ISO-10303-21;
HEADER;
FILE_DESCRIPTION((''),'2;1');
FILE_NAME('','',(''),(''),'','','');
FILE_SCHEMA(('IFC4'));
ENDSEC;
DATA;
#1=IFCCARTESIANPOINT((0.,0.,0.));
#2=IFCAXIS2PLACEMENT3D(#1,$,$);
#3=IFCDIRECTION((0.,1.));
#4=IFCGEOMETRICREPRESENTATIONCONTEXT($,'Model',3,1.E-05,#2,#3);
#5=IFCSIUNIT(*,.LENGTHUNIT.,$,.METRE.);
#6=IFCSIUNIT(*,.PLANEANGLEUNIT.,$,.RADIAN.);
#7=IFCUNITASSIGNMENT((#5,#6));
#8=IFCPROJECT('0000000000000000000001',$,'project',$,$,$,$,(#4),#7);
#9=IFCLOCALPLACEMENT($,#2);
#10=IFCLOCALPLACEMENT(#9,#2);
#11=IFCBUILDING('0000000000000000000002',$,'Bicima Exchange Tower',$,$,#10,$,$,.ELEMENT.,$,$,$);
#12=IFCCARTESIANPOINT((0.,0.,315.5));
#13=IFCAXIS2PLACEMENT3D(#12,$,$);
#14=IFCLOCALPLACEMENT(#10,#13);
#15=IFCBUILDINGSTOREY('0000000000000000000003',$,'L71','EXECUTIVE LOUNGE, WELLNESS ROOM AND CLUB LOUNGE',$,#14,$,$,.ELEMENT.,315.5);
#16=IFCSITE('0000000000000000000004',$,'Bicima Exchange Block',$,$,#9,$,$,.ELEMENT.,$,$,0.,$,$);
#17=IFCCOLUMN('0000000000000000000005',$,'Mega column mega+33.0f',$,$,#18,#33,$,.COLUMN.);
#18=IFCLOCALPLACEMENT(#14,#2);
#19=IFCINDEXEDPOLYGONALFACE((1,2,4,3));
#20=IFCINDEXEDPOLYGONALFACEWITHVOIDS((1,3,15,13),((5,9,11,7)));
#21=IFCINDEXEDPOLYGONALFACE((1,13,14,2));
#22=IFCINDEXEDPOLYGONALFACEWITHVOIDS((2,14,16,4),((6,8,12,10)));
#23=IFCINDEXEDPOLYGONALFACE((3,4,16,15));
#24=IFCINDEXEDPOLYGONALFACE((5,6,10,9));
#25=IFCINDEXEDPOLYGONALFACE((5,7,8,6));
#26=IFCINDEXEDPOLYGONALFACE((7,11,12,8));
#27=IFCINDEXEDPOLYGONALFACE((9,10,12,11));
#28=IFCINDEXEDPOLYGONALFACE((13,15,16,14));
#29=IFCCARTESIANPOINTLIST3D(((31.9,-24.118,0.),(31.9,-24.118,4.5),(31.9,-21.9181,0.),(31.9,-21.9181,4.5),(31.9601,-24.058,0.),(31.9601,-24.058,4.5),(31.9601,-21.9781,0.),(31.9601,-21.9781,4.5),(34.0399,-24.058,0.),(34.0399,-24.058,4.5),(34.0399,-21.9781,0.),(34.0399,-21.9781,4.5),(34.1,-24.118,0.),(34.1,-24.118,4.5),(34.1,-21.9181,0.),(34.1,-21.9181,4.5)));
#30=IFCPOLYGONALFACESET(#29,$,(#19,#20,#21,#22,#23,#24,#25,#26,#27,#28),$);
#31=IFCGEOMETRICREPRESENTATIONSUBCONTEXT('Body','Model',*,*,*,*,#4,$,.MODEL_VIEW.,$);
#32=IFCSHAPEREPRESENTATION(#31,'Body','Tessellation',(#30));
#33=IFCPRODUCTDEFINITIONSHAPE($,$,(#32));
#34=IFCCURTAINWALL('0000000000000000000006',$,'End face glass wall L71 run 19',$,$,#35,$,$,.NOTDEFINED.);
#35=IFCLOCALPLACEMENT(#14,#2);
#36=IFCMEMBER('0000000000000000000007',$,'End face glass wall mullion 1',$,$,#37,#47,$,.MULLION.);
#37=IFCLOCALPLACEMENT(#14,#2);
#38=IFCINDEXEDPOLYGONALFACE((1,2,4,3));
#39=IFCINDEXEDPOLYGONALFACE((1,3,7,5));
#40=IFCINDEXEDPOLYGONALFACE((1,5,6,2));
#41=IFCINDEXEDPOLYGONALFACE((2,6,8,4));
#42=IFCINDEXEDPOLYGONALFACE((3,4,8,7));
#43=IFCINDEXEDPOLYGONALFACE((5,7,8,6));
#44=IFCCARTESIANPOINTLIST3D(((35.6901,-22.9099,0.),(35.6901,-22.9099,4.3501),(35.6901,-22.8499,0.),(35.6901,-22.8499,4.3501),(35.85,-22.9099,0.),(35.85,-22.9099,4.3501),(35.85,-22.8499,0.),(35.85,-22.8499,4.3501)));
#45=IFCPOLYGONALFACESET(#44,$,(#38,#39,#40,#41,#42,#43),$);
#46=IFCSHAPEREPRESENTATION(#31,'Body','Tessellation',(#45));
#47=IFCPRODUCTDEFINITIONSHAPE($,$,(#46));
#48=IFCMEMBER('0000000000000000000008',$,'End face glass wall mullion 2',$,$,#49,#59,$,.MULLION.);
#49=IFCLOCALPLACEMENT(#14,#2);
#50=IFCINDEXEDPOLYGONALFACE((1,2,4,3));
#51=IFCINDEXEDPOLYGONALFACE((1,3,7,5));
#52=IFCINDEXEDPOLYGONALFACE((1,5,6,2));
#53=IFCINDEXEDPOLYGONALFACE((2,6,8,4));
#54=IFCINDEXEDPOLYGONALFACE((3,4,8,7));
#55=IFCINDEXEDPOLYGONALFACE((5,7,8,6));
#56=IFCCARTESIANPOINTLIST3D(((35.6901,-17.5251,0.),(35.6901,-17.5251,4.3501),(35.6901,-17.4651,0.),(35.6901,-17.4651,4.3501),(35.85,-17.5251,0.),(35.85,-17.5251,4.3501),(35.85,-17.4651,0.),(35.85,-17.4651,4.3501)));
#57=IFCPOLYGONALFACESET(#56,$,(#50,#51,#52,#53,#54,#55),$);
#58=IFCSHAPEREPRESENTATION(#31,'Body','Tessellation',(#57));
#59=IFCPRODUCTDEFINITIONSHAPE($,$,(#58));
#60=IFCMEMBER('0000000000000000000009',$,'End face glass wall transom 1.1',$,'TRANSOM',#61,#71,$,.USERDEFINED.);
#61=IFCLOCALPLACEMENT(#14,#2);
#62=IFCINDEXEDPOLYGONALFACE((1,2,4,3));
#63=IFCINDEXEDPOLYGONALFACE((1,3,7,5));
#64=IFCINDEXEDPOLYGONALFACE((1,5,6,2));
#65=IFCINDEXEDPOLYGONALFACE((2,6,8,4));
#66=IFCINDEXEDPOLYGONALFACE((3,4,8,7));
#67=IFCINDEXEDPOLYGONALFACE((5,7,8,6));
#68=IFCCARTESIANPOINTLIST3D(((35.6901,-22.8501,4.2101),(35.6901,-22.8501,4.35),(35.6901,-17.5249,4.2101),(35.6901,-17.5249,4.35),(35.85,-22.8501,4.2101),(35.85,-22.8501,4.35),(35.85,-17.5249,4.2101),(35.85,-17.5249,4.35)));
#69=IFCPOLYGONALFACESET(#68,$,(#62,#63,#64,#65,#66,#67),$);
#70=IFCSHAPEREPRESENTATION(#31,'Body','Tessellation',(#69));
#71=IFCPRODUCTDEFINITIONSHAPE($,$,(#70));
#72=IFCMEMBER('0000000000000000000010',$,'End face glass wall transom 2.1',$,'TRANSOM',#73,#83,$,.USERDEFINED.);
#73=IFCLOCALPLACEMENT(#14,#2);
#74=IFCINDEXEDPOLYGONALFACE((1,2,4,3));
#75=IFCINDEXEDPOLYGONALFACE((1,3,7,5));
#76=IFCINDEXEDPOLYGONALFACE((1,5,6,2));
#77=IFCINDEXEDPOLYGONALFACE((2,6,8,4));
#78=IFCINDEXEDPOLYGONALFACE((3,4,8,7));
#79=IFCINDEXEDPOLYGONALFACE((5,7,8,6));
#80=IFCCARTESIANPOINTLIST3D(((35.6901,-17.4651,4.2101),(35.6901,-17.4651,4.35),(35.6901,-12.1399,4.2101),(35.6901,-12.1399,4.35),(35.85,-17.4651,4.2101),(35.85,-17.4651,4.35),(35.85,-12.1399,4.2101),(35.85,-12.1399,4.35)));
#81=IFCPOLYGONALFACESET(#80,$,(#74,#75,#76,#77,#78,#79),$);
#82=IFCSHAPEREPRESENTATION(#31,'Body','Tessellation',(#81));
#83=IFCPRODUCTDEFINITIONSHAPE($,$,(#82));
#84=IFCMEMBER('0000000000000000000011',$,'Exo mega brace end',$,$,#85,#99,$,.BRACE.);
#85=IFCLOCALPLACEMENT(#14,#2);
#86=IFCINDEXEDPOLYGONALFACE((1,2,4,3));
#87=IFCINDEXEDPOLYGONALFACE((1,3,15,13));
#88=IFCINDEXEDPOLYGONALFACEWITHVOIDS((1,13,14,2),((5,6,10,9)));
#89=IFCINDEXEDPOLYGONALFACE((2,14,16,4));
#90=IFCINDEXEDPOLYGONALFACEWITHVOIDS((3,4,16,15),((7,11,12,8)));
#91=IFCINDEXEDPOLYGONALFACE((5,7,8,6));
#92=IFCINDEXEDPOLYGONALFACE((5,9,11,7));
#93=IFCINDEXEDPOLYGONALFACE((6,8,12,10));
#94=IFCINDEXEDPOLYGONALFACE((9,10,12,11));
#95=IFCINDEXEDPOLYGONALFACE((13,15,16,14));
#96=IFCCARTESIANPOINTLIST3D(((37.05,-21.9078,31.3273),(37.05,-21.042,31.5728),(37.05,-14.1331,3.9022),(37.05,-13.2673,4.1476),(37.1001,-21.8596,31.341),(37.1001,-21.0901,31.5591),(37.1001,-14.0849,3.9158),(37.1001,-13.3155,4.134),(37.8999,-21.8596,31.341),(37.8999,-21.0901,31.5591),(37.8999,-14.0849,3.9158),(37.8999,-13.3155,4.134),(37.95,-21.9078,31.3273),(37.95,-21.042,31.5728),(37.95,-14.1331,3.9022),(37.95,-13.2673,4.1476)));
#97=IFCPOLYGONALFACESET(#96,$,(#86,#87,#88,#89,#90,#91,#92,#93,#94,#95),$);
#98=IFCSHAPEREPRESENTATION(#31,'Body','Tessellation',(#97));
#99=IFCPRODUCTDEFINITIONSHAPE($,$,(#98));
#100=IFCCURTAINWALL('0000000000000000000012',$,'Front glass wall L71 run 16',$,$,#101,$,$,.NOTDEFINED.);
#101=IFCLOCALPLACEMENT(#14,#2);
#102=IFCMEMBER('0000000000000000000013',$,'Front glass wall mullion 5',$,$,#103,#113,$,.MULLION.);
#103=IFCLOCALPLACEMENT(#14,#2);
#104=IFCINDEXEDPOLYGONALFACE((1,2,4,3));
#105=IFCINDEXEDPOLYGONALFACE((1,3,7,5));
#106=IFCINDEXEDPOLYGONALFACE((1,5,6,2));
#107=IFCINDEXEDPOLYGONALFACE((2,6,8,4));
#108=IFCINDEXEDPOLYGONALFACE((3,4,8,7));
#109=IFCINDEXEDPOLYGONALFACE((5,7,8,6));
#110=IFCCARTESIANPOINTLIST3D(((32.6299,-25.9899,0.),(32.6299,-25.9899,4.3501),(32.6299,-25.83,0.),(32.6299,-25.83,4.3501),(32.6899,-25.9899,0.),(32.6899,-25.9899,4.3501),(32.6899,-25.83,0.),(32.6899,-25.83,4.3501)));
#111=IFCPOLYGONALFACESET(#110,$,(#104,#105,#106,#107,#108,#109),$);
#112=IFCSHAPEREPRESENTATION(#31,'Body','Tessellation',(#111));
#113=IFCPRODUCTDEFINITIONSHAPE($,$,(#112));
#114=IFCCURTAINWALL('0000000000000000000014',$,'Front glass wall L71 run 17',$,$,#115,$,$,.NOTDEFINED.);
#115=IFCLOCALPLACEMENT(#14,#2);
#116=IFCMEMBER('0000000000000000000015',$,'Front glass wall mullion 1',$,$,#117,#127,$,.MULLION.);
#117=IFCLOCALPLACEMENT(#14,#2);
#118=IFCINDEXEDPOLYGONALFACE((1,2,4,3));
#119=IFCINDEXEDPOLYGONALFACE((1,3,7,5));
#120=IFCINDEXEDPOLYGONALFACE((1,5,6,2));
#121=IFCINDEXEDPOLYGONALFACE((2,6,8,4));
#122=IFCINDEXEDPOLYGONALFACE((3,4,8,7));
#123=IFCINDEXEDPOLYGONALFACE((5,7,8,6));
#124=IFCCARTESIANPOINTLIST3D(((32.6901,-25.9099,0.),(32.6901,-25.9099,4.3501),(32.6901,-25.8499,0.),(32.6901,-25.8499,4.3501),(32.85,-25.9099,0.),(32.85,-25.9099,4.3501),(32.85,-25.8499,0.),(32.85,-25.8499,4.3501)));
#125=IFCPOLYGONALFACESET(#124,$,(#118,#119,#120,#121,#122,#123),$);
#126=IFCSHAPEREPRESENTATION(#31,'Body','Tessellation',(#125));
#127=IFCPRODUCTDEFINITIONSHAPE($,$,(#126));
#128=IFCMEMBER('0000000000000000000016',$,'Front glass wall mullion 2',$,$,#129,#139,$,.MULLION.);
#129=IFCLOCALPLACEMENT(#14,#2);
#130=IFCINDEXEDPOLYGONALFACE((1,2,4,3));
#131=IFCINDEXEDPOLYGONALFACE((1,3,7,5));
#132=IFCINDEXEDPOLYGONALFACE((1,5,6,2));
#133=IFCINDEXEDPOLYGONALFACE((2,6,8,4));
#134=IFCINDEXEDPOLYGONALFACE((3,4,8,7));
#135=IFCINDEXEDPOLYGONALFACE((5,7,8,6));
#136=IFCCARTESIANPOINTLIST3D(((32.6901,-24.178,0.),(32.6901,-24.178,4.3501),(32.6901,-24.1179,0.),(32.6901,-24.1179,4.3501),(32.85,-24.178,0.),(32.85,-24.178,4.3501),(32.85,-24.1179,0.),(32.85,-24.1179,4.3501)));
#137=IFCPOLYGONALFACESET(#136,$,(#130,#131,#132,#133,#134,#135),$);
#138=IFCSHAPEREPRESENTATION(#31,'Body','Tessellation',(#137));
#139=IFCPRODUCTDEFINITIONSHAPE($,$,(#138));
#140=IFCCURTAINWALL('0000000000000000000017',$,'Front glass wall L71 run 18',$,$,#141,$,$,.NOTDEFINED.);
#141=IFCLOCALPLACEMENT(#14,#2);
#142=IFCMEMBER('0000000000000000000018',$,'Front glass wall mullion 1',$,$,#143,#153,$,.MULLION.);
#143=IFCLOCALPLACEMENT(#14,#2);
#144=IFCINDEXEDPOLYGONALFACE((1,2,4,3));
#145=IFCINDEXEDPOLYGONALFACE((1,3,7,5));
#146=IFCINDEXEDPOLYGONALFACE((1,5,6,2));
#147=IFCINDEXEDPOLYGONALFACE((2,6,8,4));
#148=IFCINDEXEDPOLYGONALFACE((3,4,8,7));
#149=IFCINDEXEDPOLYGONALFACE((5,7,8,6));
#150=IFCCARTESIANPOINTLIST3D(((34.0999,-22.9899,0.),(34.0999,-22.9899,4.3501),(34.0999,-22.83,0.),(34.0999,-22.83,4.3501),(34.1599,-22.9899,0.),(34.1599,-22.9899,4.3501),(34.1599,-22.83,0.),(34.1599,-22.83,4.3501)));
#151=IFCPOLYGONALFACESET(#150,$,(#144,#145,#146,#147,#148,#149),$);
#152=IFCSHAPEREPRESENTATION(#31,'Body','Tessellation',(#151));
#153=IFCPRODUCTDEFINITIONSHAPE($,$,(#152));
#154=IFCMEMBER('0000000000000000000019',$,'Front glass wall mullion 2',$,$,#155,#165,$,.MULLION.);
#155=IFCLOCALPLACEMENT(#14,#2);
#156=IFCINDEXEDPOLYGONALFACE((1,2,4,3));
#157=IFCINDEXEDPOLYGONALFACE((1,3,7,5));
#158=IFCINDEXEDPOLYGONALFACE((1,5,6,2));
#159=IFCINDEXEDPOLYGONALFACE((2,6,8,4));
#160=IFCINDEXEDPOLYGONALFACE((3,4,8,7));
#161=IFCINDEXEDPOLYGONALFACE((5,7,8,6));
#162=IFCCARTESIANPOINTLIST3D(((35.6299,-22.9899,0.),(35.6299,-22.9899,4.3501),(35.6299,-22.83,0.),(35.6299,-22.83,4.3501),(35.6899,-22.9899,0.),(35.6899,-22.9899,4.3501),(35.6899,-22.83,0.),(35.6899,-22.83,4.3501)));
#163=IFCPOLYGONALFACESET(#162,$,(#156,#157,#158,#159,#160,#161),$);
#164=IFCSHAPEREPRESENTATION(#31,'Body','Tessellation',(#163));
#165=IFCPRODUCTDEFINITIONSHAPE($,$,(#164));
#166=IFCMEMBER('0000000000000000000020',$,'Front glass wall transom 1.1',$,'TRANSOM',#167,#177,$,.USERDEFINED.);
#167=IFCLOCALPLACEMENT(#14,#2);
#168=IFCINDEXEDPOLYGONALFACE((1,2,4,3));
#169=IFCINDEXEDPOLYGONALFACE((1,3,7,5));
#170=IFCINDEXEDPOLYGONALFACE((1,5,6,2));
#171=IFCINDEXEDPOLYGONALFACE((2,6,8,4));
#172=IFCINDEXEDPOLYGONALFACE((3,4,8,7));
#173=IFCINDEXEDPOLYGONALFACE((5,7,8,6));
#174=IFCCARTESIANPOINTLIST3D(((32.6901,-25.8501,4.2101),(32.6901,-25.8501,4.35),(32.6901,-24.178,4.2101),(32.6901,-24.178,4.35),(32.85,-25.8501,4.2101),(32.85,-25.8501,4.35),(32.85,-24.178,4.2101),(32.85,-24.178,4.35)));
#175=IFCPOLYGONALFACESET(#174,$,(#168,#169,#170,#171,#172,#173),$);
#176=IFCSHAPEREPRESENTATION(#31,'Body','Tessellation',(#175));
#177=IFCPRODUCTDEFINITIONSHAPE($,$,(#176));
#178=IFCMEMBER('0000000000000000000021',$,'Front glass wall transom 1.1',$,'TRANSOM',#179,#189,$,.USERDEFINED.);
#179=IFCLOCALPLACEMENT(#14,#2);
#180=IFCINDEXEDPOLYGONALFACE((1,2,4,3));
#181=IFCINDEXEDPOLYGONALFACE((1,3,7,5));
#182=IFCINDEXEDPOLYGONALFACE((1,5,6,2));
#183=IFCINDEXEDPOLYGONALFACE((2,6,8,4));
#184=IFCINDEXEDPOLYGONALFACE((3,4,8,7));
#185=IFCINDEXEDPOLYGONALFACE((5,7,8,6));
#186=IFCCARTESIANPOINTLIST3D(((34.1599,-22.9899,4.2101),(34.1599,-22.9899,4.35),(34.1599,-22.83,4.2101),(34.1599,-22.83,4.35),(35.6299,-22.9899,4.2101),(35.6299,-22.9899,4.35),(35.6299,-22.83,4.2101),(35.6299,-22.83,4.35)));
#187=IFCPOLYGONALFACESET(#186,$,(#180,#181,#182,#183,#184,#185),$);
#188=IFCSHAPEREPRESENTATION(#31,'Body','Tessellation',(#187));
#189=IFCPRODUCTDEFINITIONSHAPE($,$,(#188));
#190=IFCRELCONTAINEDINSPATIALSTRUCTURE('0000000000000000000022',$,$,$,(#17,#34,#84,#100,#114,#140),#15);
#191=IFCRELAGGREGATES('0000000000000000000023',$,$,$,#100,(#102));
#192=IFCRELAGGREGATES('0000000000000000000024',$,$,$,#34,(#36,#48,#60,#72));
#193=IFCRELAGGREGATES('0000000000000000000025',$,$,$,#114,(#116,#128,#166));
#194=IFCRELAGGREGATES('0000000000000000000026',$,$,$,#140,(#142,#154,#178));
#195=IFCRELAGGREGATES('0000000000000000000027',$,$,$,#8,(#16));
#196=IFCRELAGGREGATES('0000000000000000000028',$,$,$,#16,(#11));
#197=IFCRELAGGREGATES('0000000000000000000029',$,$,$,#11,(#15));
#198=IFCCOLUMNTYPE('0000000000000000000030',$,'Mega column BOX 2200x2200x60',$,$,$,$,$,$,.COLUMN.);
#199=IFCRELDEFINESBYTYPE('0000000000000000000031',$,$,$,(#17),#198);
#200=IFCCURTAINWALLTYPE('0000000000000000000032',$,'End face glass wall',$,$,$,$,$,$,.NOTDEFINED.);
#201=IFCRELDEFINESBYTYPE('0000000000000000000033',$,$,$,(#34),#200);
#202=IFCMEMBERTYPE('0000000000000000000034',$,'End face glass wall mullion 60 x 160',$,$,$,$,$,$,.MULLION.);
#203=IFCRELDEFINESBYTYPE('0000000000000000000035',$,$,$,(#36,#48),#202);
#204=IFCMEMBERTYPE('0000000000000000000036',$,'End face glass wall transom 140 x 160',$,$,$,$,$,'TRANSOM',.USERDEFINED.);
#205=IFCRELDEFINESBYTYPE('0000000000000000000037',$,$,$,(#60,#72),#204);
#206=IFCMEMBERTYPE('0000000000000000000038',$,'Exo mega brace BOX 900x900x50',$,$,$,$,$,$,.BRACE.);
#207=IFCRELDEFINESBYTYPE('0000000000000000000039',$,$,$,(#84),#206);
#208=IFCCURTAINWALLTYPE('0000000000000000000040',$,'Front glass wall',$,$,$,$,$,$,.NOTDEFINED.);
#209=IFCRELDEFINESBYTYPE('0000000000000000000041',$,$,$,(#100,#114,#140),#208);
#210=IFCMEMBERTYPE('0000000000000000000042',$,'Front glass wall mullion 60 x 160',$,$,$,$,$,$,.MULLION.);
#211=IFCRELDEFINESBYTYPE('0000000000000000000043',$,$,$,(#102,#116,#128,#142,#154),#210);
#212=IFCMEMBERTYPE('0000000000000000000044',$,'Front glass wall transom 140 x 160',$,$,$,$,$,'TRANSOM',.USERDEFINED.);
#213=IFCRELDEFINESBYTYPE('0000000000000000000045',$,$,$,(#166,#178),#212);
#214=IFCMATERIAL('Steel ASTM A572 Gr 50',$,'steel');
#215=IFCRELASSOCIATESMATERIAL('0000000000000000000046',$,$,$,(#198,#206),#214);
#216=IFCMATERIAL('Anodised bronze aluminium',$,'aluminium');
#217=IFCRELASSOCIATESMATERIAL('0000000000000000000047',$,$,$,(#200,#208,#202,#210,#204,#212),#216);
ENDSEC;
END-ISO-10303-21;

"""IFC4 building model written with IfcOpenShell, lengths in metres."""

from ifc_helpers import new_model, si_unit, direction, frame, origin, origin_2d, place, context, subcontext, project, spatial, rectangle, hollow_rectangle, extrude, material, material_profile, profile_set, type_object, element, aggregate, save


model = new_model("IFC4")

# Units and contexts
model_context = context("Model", 3, precision=1e-05, world=origin(), true_north=direction((0.0, 1.0)))
body_context = subcontext(model_context, "Body", "Model", "MODEL_VIEW")
ifc_project = project(units=[si_unit("LENGTHUNIT", "METRE"), si_unit("PLANEANGLEUNIT", "RADIAN")], contexts=[model_context])

# Site, building, storey
site_placement = place(None, origin())
site = spatial("IfcSite", under=ifc_project, at=site_placement, Name="Bicima Exchange Block", CompositionType="ELEMENT", RefElevation=0.0)
building_placement = place(site_placement, origin())
building = spatial("IfcBuilding", under=site, at=building_placement, Name="Bicima Exchange Tower", CompositionType="ELEMENT")
storey_placement = place(building_placement, frame((0.0, 0.0, 315.5)))
storey = spatial("IfcBuildingStorey", under=building, at=storey_placement, Name="L71", Description="EXECUTIVE LOUNGE, WELLNESS ROOM AND CLUB LOUNGE", CompositionType="ELEMENT", Elevation=315.5)

# Column
ifc_material_1 = material(Name="Steel ASTM A572 Gr 50", Category="steel")
ifc_material_profile_1 = material_profile(ifc_material_1, hollow_rectangle(XDim=2.2, YDim=2.2, WallThickness=0.0601, at=origin_2d()))
ifc_profile_set_1 = profile_set([ifc_material_profile_1], Name="Steel ASTM A572 Gr 50")
column_type = type_object("IfcColumnType", Name="Mega column BOX 2200x2200x60", PredefinedType="COLUMN", material=ifc_profile_set_1)
column_placement = place(storey_placement, frame((33.0, -23.0181, 0.0), z_axis=(0.0, 0.0, 1.0), x_axis=(1.0, 0.0, 0.0)))
element("IfcColumn", 1, at=column_placement, inside=storey, type_object=column_type, Name="Mega column mega+33.0f", PredefinedType="COLUMN", context=body_context, shape_type="SweptSolid", body=[
    extrude(hollow_rectangle(XDim=2.2, YDim=2.2, WallThickness=0.0601, at=origin_2d()), origin(), (0.0, 0.0, 1.0), 4.5),
])

# Curtain wall, members
ifc_material_2 = material(Name="Anodised bronze aluminium", Category="aluminium")
curtain_wall_type_1 = type_object("IfcCurtainWallType", Name="End face glass wall", PredefinedType="NOTDEFINED", material=ifc_material_2)
curtain_wall_1_placement = place(storey_placement, origin())
curtain_wall_1 = element("IfcCurtainWall", 2, at=curtain_wall_1_placement, inside=storey, type_object=curtain_wall_type_1, Name="End face glass wall L71 run 19", PredefinedType="NOTDEFINED")
ifc_material_profile_2 = material_profile(ifc_material_2, rectangle(XDim=0.1599, YDim=0.0601, at=origin_2d()))
ifc_profile_set_2 = profile_set([ifc_material_profile_2], Name="Anodised bronze aluminium")
member_type_1 = type_object("IfcMemberType", Name="End face glass wall mullion 60 x 160", PredefinedType="MULLION", material=ifc_profile_set_2)
member_1_placement = place(storey_placement, frame((35.77, -22.8799, 0.0), z_axis=(0.0, 0.0, 1.0), x_axis=(-1.0, 0.0, 0.0)))
member_1 = element("IfcMember", 3, at=member_1_placement, type_object=member_type_1, Name="End face glass wall mullion 1", PredefinedType="MULLION", context=body_context, shape_type="SweptSolid", body=[
    extrude(rectangle(XDim=0.1599, YDim=0.0601, at=origin_2d()), origin(), (0.0, 0.0, 1.0), 4.3501),
])
member_2_placement = place(storey_placement, frame((35.77, -17.4951, 0.0), z_axis=(0.0, 0.0, 1.0), x_axis=(-1.0, 0.0, 0.0)))
member_2 = element("IfcMember", 4, at=member_2_placement, type_object=member_type_1, Name="End face glass wall mullion 2", PredefinedType="MULLION", context=body_context, shape_type="SweptSolid", body=[
    extrude(rectangle(XDim=0.1599, YDim=0.0601, at=origin_2d()), origin(), (0.0, 0.0, 1.0), 4.3501),
])
ifc_material_profile_3 = material_profile(ifc_material_2, rectangle(XDim=0.1599, YDim=0.1399, at=origin_2d()))
ifc_profile_set_3 = profile_set([ifc_material_profile_3], Name="Anodised bronze aluminium")
member_type_2 = type_object("IfcMemberType", Name="End face glass wall transom 140 x 160", ElementType="TRANSOM", PredefinedType="USERDEFINED", material=ifc_profile_set_3)
member_3_placement = place(storey_placement, frame((35.77, -22.8501, 4.28), z_axis=(0.0, 1.0, 0.0), x_axis=(-1.0, 0.0, 0.0)))
member_3 = element("IfcMember", 5, at=member_3_placement, type_object=member_type_2, Name="End face glass wall transom 1.1", ObjectType="TRANSOM", PredefinedType="USERDEFINED", context=body_context, shape_type="SweptSolid", body=[
    extrude(rectangle(XDim=0.1599, YDim=0.1399, at=origin_2d()), origin(), (0.0, 0.0, 1.0), 5.3252),
])
member_4_placement = place(storey_placement, frame((35.77, -17.4651, 4.28), z_axis=(0.0, 1.0, 0.0), x_axis=(-1.0, 0.0, 0.0)))
member_4 = element("IfcMember", 6, at=member_4_placement, type_object=member_type_2, Name="End face glass wall transom 2.1", ObjectType="TRANSOM", PredefinedType="USERDEFINED", context=body_context, shape_type="SweptSolid", body=[
    extrude(rectangle(XDim=0.1599, YDim=0.1399, at=origin_2d()), origin(), (0.0, 0.0, 1.0), 5.3252),
])

# Member
ifc_material_profile_4 = material_profile(ifc_material_1, hollow_rectangle(XDim=0.8999, YDim=0.8999, WallThickness=0.05, at=origin_2d()))
ifc_profile_set_4 = profile_set([ifc_material_profile_4], Name="Steel ASTM A572 Gr 50")
member_type_3 = type_object("IfcMemberType", Name="Exo mega brace BOX 900x900x50", PredefinedType="BRACE", material=ifc_profile_set_4)
member_5_placement = place(storey_placement, frame((37.5, -13.7002, 4.0249), z_axis=(0.0, -0.27274, 0.962088), x_axis=(1.0, 0.0, 0.0)))
element("IfcMember", 7, at=member_5_placement, inside=storey, type_object=member_type_3, Name="Exo mega brace end", PredefinedType="BRACE", context=body_context, shape_type="SweptSolid", body=[
    extrude(hollow_rectangle(XDim=0.8999, YDim=0.8999, WallThickness=0.05, at=origin_2d()), origin(), (0.0, 0.0, 1.0), 28.5059),
])

# Curtain wall, member
curtain_wall_type_2 = type_object("IfcCurtainWallType", Name="Front glass wall", PredefinedType="NOTDEFINED", material=ifc_material_2)
curtain_wall_2_placement = place(storey_placement, origin())
curtain_wall_2 = element("IfcCurtainWall", 8, at=curtain_wall_2_placement, inside=storey, type_object=curtain_wall_type_2, Name="Front glass wall L71 run 16", PredefinedType="NOTDEFINED")
member_type_4 = type_object("IfcMemberType", Name="Front glass wall mullion 60 x 160", PredefinedType="MULLION", material=ifc_profile_set_2)
member_6_placement = place(storey_placement, frame((32.6599, -25.9099, 0.0), z_axis=(0.0, 0.0, 1.0), x_axis=(0.0, 1.0, 0.0)))
member_6 = element("IfcMember", 9, at=member_6_placement, type_object=member_type_4, Name="Front glass wall mullion 5", PredefinedType="MULLION", context=body_context, shape_type="SweptSolid", body=[
    extrude(rectangle(XDim=0.1599, YDim=0.0601, at=origin_2d()), origin(), (0.0, 0.0, 1.0), 4.3501),
])
aggregate(curtain_wall_2, [member_6])

# Curtain walls, members
curtain_wall_3_placement = place(storey_placement, origin())
curtain_wall_3 = element("IfcCurtainWall", 10, at=curtain_wall_3_placement, inside=storey, type_object=curtain_wall_type_2, Name="Front glass wall L71 run 17", PredefinedType="NOTDEFINED")
member_7_placement = place(storey_placement, frame((32.77, -25.8799, 0.0), z_axis=(0.0, 0.0, 1.0), x_axis=(-1.0, 0.0, 0.0)))
member_7 = element("IfcMember", 11, at=member_7_placement, type_object=member_type_4, Name="Front glass wall mullion 1", PredefinedType="MULLION", context=body_context, shape_type="SweptSolid", body=[
    extrude(rectangle(XDim=0.1599, YDim=0.0601, at=origin_2d()), origin(), (0.0, 0.0, 1.0), 4.3501),
])
member_8_placement = place(storey_placement, frame((32.77, -24.1479, 0.0), z_axis=(0.0, 0.0, 1.0), x_axis=(-1.0, 0.0, 0.0)))
member_8 = element("IfcMember", 12, at=member_8_placement, type_object=member_type_4, Name="Front glass wall mullion 2", PredefinedType="MULLION", context=body_context, shape_type="SweptSolid", body=[
    extrude(rectangle(XDim=0.1599, YDim=0.0601, at=origin_2d()), origin(), (0.0, 0.0, 1.0), 4.3501),
])
curtain_wall_4_placement = place(storey_placement, origin())
curtain_wall_4 = element("IfcCurtainWall", 13, at=curtain_wall_4_placement, inside=storey, type_object=curtain_wall_type_2, Name="Front glass wall L71 run 18", PredefinedType="NOTDEFINED")
member_9_placement = place(storey_placement, frame((34.1299, -22.9099, 0.0), z_axis=(0.0, 0.0, 1.0), x_axis=(0.0, 1.0, 0.0)))
member_9 = element("IfcMember", 14, at=member_9_placement, type_object=member_type_4, Name="Front glass wall mullion 1", PredefinedType="MULLION", context=body_context, shape_type="SweptSolid", body=[
    extrude(rectangle(XDim=0.1599, YDim=0.0601, at=origin_2d()), origin(), (0.0, 0.0, 1.0), 4.3501),
])
member_10_placement = place(storey_placement, frame((35.6599, -22.9099, 0.0), z_axis=(0.0, 0.0, 1.0), x_axis=(0.0, 1.0, 0.0)))
member_10 = element("IfcMember", 15, at=member_10_placement, type_object=member_type_4, Name="Front glass wall mullion 2", PredefinedType="MULLION", context=body_context, shape_type="SweptSolid", body=[
    extrude(rectangle(XDim=0.1599, YDim=0.0601, at=origin_2d()), origin(), (0.0, 0.0, 1.0), 4.3501),
])

# Members
member_type_5 = type_object("IfcMemberType", Name="Front glass wall transom 140 x 160", ElementType="TRANSOM", PredefinedType="USERDEFINED", material=ifc_profile_set_3)
member_11_placement = place(storey_placement, frame((32.77, -25.8501, 4.28), z_axis=(0.0, 1.0, 0.0), x_axis=(-1.0, 0.0, 0.0)))
member_11 = element("IfcMember", 16, at=member_11_placement, type_object=member_type_5, Name="Front glass wall transom 1.1", ObjectType="TRANSOM", PredefinedType="USERDEFINED", context=body_context, shape_type="SweptSolid", body=[
    extrude(rectangle(XDim=0.1599, YDim=0.1399, at=origin_2d()), origin(), (0.0, 0.0, 1.0), 1.6721),
])
member_12_placement = place(storey_placement, frame((34.1599, -22.9099, 4.28), z_axis=(1.0, 0.0, 0.0), x_axis=(0.0, 1.0, 0.0)))
member_12 = element("IfcMember", 17, at=member_12_placement, type_object=member_type_5, Name="Front glass wall transom 1.1", ObjectType="TRANSOM", PredefinedType="USERDEFINED", context=body_context, shape_type="SweptSolid", body=[
    extrude(rectangle(XDim=0.1599, YDim=0.1399, at=origin_2d()), origin(), (0.0, 0.0, 1.0), 1.47),
])

aggregate(curtain_wall_1, [member_1, member_2, member_3, member_4])
aggregate(curtain_wall_3, [member_7, member_8, member_11])
aggregate(curtain_wall_4, [member_9, member_10, member_12])

save(model, "model.ifc")
